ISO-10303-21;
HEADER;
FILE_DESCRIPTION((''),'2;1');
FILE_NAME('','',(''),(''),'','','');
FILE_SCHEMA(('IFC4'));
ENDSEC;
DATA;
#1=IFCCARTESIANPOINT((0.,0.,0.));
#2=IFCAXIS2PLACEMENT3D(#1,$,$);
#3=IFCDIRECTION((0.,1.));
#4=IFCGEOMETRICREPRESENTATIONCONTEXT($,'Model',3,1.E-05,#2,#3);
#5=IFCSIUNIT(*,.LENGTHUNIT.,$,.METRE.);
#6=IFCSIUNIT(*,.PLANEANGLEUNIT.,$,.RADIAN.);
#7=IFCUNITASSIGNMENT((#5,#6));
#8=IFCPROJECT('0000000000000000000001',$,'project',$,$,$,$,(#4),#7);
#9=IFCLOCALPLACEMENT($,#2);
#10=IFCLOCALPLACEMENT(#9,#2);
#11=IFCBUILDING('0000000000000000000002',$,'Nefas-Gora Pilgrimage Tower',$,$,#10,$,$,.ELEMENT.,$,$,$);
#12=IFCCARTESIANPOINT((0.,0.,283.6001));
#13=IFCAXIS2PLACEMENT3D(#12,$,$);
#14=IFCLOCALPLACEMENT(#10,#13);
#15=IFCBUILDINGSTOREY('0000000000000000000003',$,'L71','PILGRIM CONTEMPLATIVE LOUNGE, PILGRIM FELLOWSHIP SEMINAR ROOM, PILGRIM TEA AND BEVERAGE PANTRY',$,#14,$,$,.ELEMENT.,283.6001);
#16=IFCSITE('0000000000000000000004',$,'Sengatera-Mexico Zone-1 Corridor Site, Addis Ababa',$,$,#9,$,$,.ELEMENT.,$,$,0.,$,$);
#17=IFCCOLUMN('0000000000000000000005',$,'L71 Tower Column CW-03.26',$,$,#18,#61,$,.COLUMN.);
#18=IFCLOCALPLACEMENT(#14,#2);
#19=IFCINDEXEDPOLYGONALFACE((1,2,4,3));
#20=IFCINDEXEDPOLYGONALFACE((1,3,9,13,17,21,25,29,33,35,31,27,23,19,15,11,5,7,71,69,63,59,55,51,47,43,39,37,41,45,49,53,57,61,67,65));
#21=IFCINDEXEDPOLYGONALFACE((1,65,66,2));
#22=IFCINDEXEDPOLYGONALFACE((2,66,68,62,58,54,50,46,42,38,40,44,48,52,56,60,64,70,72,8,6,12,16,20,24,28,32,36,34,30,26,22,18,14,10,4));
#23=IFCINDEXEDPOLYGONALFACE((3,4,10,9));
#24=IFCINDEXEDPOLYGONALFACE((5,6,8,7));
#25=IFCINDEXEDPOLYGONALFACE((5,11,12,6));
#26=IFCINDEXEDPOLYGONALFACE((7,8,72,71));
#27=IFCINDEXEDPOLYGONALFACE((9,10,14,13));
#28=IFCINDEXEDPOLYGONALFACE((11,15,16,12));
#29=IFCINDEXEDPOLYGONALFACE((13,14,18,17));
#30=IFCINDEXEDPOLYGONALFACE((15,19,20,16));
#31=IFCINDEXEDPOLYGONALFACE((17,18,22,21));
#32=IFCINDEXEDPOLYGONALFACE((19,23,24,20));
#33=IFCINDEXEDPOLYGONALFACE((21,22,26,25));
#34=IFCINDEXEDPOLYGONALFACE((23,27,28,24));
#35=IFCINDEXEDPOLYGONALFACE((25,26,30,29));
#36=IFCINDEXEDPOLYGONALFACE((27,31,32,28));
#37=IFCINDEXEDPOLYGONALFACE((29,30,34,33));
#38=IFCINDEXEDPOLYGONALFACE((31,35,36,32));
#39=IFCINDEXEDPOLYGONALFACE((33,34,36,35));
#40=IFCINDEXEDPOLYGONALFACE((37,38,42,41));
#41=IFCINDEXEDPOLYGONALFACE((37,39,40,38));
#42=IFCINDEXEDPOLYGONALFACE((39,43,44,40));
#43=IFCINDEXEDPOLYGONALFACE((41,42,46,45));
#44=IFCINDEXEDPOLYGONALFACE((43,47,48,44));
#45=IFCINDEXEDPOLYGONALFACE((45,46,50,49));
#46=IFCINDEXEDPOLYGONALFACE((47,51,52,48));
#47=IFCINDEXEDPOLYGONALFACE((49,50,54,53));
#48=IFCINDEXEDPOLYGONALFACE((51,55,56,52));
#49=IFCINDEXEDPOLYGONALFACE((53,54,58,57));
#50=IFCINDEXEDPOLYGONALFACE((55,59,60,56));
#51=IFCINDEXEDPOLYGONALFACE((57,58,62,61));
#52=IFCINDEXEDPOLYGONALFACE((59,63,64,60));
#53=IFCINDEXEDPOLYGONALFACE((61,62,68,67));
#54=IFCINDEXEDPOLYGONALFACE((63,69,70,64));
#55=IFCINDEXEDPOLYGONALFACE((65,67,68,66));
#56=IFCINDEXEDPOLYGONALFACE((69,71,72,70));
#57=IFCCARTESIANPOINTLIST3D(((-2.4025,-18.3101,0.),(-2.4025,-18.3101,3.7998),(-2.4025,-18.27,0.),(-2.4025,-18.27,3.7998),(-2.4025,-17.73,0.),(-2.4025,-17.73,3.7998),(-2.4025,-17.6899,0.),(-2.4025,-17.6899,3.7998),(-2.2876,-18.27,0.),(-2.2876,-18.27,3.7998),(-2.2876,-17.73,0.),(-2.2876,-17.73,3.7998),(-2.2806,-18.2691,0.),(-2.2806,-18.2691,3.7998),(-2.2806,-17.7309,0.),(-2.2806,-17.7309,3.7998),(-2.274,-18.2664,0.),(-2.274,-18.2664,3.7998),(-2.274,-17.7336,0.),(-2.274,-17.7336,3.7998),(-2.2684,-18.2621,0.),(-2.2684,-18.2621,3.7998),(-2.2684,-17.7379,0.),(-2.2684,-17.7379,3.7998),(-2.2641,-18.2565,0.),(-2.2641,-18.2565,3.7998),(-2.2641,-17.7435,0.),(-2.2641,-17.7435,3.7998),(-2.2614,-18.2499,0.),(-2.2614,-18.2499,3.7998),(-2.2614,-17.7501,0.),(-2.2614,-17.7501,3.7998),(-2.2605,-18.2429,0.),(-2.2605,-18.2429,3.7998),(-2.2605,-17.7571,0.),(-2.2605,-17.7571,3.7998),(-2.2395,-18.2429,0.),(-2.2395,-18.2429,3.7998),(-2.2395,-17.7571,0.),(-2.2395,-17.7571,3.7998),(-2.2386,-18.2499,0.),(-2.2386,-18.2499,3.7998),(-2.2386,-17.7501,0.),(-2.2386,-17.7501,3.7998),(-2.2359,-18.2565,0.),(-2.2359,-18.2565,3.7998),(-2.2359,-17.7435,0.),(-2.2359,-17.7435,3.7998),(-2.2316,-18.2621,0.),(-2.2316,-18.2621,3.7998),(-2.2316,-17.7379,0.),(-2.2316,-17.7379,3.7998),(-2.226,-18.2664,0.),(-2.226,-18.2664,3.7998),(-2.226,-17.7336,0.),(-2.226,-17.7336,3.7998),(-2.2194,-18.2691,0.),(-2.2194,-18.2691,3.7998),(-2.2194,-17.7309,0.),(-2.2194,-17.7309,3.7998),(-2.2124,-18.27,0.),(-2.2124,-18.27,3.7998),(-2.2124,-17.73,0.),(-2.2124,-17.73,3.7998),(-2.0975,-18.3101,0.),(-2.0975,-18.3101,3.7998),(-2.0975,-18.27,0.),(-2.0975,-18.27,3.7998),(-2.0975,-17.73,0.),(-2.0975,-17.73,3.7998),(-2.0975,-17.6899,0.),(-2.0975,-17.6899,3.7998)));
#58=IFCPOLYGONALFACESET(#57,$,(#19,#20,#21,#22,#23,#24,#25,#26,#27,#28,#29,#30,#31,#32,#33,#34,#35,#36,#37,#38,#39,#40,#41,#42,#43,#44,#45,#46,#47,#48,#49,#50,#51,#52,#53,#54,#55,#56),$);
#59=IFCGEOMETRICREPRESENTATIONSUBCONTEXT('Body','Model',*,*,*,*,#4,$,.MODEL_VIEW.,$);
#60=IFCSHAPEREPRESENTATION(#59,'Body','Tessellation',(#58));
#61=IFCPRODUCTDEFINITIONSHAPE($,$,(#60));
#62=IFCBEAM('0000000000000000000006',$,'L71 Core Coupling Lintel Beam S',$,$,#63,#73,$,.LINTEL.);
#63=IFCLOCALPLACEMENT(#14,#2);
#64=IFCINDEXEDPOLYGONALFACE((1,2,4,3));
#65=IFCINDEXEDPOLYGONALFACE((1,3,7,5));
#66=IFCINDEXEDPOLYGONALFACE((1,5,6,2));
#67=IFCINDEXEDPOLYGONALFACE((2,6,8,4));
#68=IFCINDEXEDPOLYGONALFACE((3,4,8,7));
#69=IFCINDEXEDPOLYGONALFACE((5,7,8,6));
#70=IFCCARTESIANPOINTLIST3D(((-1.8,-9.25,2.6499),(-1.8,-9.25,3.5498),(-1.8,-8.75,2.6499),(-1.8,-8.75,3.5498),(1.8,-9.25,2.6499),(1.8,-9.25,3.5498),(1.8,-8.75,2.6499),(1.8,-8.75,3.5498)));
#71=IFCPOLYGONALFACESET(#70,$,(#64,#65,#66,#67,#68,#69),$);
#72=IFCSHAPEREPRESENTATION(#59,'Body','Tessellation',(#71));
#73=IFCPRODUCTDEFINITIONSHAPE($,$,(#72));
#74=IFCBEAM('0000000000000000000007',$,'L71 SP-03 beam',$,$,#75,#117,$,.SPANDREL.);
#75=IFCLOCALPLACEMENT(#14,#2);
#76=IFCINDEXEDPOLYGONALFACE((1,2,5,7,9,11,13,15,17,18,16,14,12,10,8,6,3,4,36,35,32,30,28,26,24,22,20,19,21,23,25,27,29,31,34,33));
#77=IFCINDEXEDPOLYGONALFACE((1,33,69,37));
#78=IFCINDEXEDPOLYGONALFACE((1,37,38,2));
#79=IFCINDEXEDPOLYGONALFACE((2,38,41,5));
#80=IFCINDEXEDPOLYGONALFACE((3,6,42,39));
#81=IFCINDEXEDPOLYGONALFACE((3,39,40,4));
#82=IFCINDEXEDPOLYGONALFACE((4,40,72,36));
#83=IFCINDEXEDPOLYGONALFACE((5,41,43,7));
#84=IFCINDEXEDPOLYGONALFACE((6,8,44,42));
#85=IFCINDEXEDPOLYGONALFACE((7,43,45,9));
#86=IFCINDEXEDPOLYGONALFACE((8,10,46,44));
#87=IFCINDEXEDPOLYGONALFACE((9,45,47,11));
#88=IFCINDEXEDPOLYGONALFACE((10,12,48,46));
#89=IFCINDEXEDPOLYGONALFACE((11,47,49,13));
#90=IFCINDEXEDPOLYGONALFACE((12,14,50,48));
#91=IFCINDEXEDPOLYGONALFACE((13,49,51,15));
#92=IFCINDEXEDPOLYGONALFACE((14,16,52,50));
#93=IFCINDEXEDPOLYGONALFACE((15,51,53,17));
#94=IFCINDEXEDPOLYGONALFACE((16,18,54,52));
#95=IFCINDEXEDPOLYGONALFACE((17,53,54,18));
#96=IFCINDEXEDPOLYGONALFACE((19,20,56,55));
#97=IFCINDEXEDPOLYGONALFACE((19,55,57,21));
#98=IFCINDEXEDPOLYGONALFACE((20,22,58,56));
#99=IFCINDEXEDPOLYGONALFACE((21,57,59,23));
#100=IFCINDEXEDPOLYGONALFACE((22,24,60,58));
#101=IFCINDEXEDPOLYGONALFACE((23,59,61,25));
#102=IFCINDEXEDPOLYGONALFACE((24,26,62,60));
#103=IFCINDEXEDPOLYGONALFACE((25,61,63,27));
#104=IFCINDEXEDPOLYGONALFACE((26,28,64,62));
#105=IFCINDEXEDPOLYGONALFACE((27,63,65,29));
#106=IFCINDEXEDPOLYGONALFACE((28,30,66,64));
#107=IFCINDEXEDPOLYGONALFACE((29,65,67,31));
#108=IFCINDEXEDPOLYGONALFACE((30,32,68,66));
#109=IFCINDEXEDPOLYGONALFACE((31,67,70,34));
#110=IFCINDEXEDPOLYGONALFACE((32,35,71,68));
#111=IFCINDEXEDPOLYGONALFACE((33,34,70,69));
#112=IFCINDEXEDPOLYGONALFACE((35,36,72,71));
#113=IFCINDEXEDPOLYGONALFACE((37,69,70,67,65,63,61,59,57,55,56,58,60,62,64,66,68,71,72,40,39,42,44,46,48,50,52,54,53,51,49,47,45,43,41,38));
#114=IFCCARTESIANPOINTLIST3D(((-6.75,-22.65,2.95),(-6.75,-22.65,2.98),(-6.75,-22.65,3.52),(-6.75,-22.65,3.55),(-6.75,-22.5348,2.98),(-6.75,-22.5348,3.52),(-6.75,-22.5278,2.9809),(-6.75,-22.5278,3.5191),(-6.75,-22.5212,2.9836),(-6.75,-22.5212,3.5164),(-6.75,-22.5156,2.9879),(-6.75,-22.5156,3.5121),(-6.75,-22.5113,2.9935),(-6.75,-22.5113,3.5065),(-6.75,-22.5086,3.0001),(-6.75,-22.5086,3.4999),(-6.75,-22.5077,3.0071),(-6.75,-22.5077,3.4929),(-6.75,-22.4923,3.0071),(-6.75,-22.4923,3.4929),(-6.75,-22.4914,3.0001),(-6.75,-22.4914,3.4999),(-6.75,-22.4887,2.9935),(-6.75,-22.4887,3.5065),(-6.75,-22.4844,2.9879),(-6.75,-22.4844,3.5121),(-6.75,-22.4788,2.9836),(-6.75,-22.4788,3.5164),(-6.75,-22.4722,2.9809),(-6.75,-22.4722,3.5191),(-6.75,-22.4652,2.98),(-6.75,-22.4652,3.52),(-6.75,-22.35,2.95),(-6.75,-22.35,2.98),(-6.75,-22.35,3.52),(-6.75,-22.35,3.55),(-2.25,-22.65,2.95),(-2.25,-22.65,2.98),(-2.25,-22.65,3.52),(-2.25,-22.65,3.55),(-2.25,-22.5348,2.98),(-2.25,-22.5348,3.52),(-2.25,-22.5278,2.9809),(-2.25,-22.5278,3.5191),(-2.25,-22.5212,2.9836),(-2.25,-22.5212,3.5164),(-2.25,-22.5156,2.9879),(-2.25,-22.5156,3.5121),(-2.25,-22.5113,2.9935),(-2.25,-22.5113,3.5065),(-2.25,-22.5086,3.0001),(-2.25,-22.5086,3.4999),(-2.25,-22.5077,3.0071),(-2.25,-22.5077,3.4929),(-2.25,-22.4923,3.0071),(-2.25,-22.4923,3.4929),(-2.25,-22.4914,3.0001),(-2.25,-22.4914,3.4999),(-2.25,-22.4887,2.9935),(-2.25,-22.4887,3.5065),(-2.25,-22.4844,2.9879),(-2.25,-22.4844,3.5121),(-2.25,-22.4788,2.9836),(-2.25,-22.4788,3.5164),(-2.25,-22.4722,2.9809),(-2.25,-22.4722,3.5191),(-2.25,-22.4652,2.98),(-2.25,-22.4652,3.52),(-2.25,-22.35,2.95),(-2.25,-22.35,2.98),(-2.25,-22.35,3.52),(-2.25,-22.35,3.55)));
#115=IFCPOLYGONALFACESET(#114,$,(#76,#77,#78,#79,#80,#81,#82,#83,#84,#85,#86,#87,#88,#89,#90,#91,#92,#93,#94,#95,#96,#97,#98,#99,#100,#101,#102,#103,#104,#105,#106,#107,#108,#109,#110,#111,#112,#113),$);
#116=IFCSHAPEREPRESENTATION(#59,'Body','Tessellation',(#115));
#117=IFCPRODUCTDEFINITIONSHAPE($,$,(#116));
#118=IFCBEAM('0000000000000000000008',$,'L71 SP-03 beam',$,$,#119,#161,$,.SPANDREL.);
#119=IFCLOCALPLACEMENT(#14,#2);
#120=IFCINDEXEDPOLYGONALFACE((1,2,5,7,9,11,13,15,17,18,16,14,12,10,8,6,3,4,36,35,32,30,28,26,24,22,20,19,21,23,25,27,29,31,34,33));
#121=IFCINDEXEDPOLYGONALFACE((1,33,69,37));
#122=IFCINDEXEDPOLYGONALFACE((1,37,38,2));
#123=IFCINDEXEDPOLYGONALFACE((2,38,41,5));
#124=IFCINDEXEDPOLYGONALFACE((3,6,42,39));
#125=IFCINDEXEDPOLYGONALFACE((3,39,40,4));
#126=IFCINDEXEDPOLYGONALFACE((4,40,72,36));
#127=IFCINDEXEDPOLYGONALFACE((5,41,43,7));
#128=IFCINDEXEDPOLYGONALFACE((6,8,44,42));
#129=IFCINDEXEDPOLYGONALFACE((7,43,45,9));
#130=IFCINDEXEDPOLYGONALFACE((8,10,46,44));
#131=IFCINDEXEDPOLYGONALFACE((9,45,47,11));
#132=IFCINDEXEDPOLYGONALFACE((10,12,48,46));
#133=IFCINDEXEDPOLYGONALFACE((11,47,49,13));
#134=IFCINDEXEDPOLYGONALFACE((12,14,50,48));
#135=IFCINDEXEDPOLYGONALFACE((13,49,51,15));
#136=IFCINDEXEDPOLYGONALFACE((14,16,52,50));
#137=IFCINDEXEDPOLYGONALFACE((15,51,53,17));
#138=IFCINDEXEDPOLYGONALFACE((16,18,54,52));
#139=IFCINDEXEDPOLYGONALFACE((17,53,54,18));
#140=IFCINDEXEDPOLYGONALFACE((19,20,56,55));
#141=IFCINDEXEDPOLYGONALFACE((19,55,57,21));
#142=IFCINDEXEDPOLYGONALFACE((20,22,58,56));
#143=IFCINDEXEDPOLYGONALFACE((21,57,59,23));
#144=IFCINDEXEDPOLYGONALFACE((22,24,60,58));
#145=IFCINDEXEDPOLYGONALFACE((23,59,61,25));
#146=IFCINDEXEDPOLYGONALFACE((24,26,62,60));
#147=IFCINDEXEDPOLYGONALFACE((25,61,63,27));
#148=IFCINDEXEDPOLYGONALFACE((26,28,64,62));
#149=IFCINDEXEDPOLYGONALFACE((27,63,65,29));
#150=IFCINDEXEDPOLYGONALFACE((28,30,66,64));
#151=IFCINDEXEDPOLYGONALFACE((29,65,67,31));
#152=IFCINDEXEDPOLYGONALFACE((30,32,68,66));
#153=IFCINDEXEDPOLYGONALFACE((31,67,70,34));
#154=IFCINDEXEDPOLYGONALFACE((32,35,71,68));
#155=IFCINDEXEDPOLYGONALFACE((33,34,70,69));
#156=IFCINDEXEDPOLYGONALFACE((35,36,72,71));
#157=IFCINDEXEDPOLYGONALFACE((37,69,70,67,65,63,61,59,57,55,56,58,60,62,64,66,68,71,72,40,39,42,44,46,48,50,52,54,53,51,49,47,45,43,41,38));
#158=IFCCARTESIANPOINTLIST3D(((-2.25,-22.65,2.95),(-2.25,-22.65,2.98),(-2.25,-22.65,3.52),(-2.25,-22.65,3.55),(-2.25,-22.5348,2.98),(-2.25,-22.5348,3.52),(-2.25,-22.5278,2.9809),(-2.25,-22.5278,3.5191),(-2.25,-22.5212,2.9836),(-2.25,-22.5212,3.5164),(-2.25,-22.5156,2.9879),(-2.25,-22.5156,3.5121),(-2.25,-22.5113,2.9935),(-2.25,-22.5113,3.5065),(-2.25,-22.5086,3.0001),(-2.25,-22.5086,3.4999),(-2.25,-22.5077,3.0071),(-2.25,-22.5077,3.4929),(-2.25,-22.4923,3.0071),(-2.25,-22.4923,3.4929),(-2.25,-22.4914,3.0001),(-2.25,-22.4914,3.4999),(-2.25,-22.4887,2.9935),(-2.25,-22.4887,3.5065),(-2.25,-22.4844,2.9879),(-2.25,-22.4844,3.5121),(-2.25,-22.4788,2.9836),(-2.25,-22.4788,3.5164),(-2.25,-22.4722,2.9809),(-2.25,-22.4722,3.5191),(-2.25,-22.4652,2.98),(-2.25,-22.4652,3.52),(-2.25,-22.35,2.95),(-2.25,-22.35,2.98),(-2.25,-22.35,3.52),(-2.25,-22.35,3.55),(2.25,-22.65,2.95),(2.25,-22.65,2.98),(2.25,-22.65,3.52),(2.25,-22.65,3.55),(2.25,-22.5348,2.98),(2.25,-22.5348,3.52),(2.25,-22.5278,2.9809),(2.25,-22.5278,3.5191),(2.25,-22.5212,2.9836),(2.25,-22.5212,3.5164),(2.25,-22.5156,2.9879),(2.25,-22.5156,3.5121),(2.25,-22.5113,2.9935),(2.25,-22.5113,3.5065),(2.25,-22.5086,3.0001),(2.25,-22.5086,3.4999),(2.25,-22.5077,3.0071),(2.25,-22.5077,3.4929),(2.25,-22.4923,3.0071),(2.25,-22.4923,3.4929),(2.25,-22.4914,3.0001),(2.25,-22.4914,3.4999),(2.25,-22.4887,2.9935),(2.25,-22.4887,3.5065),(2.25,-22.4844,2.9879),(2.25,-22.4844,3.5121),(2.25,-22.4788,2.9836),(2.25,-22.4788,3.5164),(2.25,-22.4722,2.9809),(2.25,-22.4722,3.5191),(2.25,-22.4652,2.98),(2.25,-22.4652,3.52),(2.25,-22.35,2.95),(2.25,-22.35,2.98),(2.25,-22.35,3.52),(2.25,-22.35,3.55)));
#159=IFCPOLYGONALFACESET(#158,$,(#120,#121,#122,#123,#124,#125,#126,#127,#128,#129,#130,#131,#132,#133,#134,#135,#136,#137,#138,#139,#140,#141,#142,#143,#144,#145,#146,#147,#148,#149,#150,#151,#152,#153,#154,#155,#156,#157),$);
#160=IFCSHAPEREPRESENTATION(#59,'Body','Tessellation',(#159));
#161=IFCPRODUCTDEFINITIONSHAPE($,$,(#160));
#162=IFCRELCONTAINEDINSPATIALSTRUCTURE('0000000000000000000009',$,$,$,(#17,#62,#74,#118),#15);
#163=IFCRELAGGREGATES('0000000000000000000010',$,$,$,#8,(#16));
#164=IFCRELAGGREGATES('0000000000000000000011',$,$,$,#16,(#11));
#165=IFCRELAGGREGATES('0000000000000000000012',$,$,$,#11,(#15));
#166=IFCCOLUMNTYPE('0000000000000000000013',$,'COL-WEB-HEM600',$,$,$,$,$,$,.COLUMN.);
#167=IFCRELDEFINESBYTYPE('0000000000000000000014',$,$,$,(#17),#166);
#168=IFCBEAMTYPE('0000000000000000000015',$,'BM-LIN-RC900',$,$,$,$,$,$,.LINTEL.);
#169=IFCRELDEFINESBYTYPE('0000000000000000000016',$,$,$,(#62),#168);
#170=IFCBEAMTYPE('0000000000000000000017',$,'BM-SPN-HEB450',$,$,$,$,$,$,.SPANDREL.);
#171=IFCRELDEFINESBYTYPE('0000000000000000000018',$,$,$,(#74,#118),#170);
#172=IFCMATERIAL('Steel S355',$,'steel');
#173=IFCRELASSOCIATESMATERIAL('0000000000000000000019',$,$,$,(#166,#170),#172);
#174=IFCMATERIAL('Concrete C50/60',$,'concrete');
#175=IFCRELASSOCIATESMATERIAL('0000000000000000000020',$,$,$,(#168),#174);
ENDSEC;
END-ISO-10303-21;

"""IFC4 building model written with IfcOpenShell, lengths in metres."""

from ifc_helpers import new_model, si_unit, direction, frame, origin, origin_2d, place, context, subcontext, project, spatial, rectangle, i_section, extrude, source, transform, mapped, material, material_profile, profile_set, type_object, element, save


model = new_model("IFC4")

# Units and contexts
model_context = context("Model", 3, precision=1e-05, world=origin(), true_north=direction((0.0, 1.0)))
body_context = subcontext(model_context, "Body", "Model", "MODEL_VIEW")
ifc_project = project(units=[si_unit("LENGTHUNIT", "METRE"), si_unit("PLANEANGLEUNIT", "RADIAN")], contexts=[model_context])

# Site, building, storey
site_placement = place(None, origin())
site = spatial("IfcSite", under=ifc_project, at=site_placement, Name="Sengatera-Mexico Zone-1 Corridor Site, Addis Ababa", CompositionType="ELEMENT", RefElevation=0.0)
building_placement = place(site_placement, origin())
building = spatial("IfcBuilding", under=site, at=building_placement, Name="Nefas-Gora Pilgrimage Tower", CompositionType="ELEMENT")
storey_placement = place(building_placement, frame((0.0, 0.0, 283.6001)))
storey = spatial("IfcBuildingStorey", under=building, at=storey_placement, Name="L71", Description="PILGRIM CONTEMPLATIVE LOUNGE, PILGRIM FELLOWSHIP SEMINAR ROOM, PILGRIM TEA AND BEVERAGE PANTRY", CompositionType="ELEMENT", Elevation=283.6001)

# Column
ifc_material_1 = material(Name="Steel S355", Category="steel")
ifc_material_profile_1 = material_profile(ifc_material_1, i_section(OverallWidth=0.3049, OverallDepth=0.6201, WebThickness=0.021, FlangeThickness=0.04, FilletRadius=0.0271, at=origin_2d()), Name="HEM 600")
ifc_profile_set_1 = profile_set([ifc_material_profile_1], Name="Steel S355")
column_type_1 = type_object("IfcColumnType", Name="COL-WEB-HEM600", PredefinedType="COLUMN", material=ifc_profile_set_1)
shared_shape_1 = source(origin(), body_context, "Body", "SweptSolid", [
    extrude(i_section(OverallWidth=0.3049, OverallDepth=0.6201, WebThickness=0.021, FlangeThickness=0.04, FilletRadius=0.0271, at=origin_2d()), origin(), (0.0, 0.0, 1.0), 3.7998),
])
for number, where, z_axis, x_axis, name in (
    (1, (-2.25, -18.0, 0.0), (0.0, 0.0, 1.0), (1.0, 0.0, 0.0), "L71 Tower Column CW-03.26"),
):
    element("IfcColumn", number, at=place(storey_placement, frame(where, z_axis=z_axis, x_axis=x_axis)), inside=storey, type_object=column_type_1, Name=name, PredefinedType="COLUMN", context=body_context, shape_type="MappedRepresentation", body=[
        mapped(shared_shape_1, transform((0.0, 0.0, 0.0), x_axis=(1.0, 0.0, 0.0), y_axis=(0.0, 1.0, 0.0), z_axis=(0.0, 0.0, 1.0), scale=1.0)),
    ])

# Beams
ifc_material_2 = material(Name="Concrete C50/60", Category="concrete")
ifc_material_profile_2 = material_profile(ifc_material_2, rectangle(XDim=0.5, YDim=0.8999, at=origin_2d()), Name="RC 500x900")
ifc_profile_set_2 = profile_set([ifc_material_profile_2], Name="Concrete C50/60")
beam_type_1 = type_object("IfcBeamType", Name="BM-LIN-RC900", PredefinedType="LINTEL", material=ifc_profile_set_2)
shared_shape_2 = source(origin(), body_context, "Body", "SweptSolid", [
    extrude(rectangle(XDim=0.5, YDim=0.8999, at=origin_2d()), origin(), (0.0, 0.0, 1.0), 3.6001),
])
beam_placement = place(storey_placement, frame((-1.8, -9.0, 3.0999), z_axis=(1.0, 0.0, 0.0), x_axis=(0.0, 1.0, 0.0)))
element("IfcBeam", 2, at=beam_placement, inside=storey, type_object=beam_type_1, Name="L71 Core Coupling Lintel Beam S", PredefinedType="LINTEL", context=body_context, shape_type="MappedRepresentation", body=[
    mapped(shared_shape_2, transform((0.0, 0.0, 0.0), x_axis=(1.0, 0.0, 0.0), y_axis=(0.0, 1.0, 0.0), z_axis=(0.0, 0.0, 1.0), scale=1.0)),
])
ifc_material_profile_3 = material_profile(ifc_material_1, i_section(OverallWidth=0.3, OverallDepth=0.6001, WebThickness=0.0154, FlangeThickness=0.03, FilletRadius=0.0271, at=origin_2d()), Name="HEB 600")
ifc_profile_set_3 = profile_set([ifc_material_profile_3], Name="Steel S355")
beam_type_2 = type_object("IfcBeamType", Name="BM-SPN-HEB450", PredefinedType="SPANDREL", material=ifc_profile_set_3)
shared_shape_3 = source(origin(), body_context, "Body", "SweptSolid", [
    extrude(i_section(OverallWidth=0.3, OverallDepth=0.6001, WebThickness=0.0154, FlangeThickness=0.03, FilletRadius=0.0271, at=origin_2d()), origin(), (0.0, 0.0, 1.0), 4.5),
])
for number, where, z_axis, x_axis, name in (
    (3, (-6.75, -22.5, 3.25), (1.0, 0.0, 0.0), (0.0, 1.0, 0.0), "L71 SP-03 beam"),
    (4, (-2.25, -22.5, 3.25), (1.0, 0.0, 0.0), (0.0, 1.0, 0.0), "L71 SP-03 beam"),
):
    element("IfcBeam", number, at=place(storey_placement, frame(where, z_axis=z_axis, x_axis=x_axis)), inside=storey, type_object=beam_type_2, Name=name, PredefinedType="SPANDREL", context=body_context, shape_type="MappedRepresentation", body=[
        mapped(shared_shape_3, transform((0.0, 0.0, 0.0), x_axis=(1.0, 0.0, 0.0), y_axis=(0.0, 1.0, 0.0), z_axis=(0.0, 0.0, 1.0), scale=1.0)),
    ])

save(model, "model.ifc")
